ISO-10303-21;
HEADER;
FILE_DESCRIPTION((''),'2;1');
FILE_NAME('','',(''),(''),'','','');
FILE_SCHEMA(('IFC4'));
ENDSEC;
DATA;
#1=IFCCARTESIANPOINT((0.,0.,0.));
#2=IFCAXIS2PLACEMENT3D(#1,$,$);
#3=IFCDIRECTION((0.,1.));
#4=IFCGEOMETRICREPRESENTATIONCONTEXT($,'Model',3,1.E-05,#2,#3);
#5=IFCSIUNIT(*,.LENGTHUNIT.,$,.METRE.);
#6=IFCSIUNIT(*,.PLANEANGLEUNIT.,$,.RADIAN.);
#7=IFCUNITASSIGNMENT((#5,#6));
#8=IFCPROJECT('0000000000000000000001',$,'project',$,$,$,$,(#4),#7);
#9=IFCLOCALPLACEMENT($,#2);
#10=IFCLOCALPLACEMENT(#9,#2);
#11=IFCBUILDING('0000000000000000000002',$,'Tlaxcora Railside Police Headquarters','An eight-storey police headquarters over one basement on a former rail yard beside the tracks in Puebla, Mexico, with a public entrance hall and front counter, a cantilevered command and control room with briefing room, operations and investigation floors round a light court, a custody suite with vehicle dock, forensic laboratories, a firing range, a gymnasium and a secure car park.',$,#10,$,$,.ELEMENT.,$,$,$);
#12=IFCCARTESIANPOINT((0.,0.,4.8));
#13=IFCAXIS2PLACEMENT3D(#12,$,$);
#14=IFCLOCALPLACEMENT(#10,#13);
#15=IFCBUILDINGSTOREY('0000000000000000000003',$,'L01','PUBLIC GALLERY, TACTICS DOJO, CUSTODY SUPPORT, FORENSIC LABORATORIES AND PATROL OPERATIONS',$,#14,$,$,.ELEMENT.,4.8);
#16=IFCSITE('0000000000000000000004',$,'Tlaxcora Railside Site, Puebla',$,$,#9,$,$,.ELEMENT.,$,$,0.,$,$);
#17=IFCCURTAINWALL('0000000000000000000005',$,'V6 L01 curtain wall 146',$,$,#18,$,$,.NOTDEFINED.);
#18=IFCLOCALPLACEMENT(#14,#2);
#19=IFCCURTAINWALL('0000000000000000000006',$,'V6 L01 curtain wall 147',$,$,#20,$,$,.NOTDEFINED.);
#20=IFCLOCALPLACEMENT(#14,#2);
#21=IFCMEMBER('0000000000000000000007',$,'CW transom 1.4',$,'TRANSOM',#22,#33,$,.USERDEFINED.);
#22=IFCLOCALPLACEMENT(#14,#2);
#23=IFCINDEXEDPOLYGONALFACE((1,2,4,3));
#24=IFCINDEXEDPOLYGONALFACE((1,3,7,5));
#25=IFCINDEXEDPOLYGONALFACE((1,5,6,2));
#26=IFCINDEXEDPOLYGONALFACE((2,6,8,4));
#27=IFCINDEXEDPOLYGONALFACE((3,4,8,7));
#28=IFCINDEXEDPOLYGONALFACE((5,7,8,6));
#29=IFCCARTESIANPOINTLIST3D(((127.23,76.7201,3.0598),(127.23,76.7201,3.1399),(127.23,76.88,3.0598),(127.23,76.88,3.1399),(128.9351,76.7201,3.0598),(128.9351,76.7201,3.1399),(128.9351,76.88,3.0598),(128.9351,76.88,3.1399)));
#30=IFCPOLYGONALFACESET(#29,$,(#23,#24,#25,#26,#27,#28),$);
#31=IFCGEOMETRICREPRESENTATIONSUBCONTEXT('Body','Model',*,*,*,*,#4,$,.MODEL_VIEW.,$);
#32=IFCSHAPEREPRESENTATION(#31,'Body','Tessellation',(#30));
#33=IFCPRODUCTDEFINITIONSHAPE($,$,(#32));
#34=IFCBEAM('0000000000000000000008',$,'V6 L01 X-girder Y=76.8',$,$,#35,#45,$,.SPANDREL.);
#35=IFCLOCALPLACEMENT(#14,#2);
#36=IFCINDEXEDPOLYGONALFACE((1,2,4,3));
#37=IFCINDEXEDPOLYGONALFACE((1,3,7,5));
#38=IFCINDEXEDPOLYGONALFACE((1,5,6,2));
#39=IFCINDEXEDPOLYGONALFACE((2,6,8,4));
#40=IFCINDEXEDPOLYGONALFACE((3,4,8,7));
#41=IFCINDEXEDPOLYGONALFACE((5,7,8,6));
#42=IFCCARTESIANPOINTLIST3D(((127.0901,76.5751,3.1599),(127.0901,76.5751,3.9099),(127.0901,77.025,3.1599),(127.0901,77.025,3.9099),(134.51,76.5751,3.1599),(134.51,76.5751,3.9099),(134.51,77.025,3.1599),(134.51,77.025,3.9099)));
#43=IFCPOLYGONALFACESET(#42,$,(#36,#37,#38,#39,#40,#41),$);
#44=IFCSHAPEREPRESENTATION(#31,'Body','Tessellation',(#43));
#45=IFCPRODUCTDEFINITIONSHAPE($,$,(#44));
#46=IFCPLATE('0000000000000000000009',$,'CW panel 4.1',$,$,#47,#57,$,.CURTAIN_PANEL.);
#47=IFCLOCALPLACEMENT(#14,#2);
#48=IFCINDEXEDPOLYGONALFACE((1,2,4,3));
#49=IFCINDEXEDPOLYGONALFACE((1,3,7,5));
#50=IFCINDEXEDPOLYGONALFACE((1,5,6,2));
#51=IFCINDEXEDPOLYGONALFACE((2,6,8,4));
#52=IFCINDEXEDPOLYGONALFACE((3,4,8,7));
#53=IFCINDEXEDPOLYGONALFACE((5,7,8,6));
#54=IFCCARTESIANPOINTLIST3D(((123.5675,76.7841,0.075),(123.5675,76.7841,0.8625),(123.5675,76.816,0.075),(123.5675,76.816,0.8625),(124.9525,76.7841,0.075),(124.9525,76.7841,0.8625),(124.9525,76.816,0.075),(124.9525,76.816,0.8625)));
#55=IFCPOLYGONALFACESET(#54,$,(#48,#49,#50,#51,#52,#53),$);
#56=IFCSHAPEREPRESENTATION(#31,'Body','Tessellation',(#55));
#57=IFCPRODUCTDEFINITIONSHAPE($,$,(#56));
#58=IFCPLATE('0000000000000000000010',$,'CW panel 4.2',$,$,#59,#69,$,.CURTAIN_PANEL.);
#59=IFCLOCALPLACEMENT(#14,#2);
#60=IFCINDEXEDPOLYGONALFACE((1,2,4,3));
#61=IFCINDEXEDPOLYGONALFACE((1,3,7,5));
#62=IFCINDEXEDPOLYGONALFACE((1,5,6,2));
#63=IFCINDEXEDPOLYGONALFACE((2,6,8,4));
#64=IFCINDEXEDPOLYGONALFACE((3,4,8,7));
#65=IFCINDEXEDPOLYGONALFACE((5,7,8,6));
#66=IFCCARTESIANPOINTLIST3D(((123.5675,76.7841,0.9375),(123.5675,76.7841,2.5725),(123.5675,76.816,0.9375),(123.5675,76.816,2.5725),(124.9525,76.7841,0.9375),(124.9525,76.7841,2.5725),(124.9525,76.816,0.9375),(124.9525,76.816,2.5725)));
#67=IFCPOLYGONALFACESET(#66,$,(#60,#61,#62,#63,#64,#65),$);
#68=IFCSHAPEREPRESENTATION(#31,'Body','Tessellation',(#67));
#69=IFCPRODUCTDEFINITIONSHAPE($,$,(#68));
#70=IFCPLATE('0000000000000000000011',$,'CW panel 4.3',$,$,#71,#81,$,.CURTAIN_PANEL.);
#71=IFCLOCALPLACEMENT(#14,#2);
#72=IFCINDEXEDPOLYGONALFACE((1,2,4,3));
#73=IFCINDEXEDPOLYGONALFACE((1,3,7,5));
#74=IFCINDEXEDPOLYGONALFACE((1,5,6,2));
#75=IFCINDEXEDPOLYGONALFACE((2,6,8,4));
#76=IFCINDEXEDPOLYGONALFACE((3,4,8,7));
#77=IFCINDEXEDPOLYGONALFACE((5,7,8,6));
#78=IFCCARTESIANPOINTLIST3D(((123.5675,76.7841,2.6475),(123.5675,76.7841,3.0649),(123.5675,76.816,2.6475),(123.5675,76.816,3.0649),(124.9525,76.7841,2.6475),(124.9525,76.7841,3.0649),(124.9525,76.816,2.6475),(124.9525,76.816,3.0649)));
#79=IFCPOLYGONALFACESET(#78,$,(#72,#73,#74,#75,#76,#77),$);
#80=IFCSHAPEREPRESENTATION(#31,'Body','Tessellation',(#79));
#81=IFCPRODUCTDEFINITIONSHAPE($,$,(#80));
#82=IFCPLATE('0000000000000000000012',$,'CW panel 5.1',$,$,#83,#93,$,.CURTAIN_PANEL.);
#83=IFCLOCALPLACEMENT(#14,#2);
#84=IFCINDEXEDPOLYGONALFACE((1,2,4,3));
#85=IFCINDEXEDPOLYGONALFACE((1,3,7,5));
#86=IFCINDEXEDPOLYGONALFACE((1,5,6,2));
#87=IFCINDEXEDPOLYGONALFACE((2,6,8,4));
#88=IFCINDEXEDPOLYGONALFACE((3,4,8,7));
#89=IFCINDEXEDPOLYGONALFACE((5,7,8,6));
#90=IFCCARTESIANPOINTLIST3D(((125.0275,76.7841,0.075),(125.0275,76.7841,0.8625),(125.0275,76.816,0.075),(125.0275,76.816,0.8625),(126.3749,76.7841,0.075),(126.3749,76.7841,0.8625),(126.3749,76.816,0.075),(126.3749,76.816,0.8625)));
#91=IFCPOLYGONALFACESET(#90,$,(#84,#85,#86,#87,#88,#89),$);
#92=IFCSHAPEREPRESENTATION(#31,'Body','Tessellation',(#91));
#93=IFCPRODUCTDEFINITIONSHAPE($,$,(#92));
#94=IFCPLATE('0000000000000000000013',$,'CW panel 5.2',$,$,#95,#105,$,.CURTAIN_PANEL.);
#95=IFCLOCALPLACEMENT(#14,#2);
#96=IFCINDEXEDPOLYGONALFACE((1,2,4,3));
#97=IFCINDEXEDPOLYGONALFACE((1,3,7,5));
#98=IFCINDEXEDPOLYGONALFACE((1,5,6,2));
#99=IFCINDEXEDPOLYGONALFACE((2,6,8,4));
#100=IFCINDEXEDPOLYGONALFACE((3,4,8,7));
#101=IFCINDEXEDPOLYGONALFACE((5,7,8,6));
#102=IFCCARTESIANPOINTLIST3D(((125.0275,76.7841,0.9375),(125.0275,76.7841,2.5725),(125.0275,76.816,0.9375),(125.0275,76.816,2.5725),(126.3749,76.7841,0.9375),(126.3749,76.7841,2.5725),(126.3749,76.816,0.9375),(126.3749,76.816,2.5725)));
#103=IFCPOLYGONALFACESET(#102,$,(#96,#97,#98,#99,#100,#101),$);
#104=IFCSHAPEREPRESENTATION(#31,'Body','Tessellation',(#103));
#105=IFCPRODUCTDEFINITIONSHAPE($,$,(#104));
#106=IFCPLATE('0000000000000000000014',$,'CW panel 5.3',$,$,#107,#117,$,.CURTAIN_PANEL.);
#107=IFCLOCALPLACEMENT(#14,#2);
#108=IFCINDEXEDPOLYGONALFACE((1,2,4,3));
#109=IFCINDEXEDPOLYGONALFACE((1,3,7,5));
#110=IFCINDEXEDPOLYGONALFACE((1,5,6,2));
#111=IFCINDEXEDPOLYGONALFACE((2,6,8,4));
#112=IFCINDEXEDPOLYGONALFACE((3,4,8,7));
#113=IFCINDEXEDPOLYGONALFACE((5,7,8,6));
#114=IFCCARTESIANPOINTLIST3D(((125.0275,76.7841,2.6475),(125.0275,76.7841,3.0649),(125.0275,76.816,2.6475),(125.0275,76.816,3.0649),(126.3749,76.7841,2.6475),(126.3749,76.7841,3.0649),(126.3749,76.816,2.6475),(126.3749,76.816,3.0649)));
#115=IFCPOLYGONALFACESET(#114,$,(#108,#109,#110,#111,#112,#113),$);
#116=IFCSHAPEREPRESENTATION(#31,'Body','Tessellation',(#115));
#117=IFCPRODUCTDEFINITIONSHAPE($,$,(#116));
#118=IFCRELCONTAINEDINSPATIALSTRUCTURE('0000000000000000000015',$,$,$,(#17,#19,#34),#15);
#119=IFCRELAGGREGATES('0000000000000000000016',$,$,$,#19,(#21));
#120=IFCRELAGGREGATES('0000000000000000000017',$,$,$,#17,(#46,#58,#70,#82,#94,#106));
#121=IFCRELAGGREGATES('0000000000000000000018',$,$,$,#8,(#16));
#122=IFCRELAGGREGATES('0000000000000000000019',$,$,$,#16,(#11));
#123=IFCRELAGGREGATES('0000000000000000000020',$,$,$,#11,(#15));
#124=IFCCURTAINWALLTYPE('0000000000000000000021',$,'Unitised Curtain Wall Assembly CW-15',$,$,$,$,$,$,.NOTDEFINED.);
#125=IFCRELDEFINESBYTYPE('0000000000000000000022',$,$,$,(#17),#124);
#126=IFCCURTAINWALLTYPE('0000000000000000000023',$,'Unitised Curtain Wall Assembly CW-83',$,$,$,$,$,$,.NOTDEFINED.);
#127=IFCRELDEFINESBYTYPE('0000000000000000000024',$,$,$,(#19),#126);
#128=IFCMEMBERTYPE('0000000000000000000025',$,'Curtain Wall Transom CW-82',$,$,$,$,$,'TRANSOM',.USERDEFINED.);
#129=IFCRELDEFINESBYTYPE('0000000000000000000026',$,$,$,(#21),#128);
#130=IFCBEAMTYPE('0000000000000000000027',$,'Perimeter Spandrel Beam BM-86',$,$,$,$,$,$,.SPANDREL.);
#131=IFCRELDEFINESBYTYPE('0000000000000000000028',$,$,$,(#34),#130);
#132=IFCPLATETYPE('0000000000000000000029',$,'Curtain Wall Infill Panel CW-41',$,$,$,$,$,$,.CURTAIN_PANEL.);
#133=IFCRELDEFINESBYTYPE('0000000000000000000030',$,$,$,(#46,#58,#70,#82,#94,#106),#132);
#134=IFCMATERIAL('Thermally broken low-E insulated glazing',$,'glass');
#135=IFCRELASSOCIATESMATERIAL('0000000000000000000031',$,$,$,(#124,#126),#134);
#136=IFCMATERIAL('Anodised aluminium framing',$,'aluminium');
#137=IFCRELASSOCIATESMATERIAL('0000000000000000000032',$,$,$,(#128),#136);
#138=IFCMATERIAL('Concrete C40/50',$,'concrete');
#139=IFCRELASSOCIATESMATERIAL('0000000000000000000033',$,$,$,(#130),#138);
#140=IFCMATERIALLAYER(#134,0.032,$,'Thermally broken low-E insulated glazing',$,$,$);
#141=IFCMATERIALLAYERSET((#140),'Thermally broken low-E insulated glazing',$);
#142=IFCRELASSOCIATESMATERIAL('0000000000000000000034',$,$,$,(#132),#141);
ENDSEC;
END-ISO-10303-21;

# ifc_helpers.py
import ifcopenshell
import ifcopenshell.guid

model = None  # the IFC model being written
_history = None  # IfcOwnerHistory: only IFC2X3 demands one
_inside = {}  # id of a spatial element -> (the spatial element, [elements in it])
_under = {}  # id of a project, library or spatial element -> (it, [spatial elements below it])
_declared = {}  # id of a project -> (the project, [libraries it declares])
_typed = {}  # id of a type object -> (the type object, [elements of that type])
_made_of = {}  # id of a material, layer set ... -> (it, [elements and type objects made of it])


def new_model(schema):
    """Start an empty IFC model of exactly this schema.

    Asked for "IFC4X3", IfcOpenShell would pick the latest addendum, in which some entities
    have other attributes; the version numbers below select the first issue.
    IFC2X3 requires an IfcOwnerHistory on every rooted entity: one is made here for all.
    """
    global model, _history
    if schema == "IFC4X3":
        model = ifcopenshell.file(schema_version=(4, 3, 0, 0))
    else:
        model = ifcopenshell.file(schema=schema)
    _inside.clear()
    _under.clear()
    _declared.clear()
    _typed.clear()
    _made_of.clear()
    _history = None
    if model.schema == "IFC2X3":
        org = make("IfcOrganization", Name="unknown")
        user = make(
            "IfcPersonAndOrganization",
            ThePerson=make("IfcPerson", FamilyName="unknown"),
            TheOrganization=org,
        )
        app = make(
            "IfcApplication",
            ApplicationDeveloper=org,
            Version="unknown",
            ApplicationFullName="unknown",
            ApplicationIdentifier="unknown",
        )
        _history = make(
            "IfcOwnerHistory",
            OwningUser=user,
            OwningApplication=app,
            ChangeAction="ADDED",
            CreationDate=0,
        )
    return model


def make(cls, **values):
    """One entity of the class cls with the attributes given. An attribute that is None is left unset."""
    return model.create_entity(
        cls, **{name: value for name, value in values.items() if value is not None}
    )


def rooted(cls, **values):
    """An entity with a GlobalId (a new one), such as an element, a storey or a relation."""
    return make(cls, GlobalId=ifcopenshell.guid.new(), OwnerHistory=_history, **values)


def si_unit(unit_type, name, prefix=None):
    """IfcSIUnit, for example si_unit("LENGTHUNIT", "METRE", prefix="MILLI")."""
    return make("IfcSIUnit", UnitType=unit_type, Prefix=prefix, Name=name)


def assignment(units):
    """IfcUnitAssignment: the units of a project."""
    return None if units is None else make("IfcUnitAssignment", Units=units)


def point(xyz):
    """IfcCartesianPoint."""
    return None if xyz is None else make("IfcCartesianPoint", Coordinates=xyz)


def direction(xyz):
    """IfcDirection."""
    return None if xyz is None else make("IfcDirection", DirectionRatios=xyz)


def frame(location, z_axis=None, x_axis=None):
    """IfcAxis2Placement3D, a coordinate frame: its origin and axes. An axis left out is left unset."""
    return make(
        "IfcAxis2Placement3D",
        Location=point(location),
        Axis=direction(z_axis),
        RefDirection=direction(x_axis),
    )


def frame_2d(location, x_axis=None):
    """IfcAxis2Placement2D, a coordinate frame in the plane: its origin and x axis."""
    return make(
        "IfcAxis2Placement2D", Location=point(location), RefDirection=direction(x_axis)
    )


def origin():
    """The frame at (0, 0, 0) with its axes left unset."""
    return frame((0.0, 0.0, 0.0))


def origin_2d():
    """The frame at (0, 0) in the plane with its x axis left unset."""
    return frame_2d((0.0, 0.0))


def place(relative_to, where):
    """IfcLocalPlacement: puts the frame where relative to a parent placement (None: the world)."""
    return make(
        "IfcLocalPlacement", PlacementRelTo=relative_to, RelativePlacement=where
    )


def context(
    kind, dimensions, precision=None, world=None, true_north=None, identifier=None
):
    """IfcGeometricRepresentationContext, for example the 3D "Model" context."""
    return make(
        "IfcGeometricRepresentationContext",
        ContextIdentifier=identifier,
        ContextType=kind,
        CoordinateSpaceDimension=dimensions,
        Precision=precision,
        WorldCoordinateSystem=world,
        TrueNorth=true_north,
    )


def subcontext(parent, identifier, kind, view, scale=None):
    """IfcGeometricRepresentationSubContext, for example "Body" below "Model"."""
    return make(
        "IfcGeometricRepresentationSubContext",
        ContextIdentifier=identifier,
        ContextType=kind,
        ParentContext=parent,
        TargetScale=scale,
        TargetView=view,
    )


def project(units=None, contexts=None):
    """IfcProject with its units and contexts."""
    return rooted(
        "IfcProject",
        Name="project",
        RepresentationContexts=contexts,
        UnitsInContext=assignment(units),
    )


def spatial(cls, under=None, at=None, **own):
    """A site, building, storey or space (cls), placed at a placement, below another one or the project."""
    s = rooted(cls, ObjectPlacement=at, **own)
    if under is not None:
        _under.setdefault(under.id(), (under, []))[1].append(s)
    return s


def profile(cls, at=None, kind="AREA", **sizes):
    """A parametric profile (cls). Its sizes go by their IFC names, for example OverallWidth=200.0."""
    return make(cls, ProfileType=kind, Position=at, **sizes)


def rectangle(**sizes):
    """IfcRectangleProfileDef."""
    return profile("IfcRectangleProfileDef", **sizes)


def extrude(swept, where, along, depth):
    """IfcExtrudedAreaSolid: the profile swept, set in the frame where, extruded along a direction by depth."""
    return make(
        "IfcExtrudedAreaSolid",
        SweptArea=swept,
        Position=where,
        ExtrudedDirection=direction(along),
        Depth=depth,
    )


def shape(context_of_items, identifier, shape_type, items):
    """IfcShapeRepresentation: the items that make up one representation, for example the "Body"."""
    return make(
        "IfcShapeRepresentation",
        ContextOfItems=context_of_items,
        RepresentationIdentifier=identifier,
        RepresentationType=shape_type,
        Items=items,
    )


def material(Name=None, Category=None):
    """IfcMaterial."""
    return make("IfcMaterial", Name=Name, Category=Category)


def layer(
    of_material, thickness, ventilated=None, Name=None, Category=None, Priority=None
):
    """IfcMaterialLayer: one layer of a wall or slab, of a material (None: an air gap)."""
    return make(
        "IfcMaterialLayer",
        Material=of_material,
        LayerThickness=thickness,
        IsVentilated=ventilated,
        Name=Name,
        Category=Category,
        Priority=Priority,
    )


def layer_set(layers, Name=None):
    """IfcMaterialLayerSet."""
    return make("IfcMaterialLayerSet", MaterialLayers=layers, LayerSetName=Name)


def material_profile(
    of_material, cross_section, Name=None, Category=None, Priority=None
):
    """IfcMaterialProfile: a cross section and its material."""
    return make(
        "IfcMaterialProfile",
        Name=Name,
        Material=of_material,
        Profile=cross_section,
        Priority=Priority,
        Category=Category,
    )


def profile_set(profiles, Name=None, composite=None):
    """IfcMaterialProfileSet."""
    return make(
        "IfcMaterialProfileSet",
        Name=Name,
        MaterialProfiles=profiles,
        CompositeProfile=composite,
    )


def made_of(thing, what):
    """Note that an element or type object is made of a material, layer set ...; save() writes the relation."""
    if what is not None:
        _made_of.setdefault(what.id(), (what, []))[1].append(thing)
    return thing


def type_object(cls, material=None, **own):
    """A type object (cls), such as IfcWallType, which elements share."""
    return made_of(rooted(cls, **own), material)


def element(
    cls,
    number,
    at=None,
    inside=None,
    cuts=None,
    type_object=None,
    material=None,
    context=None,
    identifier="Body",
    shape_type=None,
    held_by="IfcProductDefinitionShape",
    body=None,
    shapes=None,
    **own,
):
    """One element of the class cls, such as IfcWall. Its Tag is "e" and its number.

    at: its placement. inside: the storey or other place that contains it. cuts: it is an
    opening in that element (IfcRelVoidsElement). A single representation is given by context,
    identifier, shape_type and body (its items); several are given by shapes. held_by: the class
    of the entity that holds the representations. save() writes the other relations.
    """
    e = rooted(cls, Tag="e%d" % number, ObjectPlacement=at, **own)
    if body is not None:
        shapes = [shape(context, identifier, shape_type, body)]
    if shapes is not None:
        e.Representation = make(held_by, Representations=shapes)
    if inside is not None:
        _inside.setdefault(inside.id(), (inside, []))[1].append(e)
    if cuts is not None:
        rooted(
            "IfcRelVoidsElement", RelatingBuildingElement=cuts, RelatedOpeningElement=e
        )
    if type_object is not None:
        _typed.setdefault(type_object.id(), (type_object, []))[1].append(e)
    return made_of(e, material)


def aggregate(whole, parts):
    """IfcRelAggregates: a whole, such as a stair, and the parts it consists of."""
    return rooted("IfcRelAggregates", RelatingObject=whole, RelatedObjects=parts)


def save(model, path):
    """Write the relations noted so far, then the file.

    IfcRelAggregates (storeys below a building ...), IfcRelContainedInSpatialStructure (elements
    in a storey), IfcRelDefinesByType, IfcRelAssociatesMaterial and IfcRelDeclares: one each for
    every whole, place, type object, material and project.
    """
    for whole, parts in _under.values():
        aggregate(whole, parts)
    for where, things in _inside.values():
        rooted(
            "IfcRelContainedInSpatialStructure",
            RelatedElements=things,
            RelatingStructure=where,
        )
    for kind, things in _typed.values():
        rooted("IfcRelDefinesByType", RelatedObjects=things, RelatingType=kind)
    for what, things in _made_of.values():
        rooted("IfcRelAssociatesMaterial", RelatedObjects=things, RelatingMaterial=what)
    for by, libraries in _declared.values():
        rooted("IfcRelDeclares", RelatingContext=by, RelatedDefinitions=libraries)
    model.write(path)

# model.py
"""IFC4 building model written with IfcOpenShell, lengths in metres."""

from ifc_helpers import new_model, si_unit, direction, frame, origin, origin_2d, place, context, subcontext, project, spatial, rectangle, extrude, material, layer, layer_set, material_profile, profile_set, type_object, element, aggregate, save


model = new_model("IFC4")

# Units and contexts
model_context = context("Model", 3, precision=1e-05, world=origin(), true_north=direction((0.0, 1.0)))
body_context = subcontext(model_context, "Body", "Model", "MODEL_VIEW")
ifc_project = project(units=[si_unit("LENGTHUNIT", "METRE"), si_unit("PLANEANGLEUNIT", "RADIAN")], contexts=[model_context])

# Site, building, storey
site_placement = place(None, origin())
site = spatial("IfcSite", under=ifc_project, at=site_placement, Name="Tlaxcora Railside Site, Puebla", CompositionType="ELEMENT", RefElevation=0.0)
building_placement = place(site_placement, origin())
building = spatial("IfcBuilding", under=site, at=building_placement, Name="Tlaxcora Railside Police Headquarters", Description="An eight-storey police headquarters over one basement on a former rail yard beside the tracks in Puebla, Mexico, with a public entrance hall and front counter, a cantilevered command and control room with briefing room, operations and investigation floors round a light court, a custody suite with vehicle dock, forensic laboratories, a firing range, a gymnasium and a secure car park.", CompositionType="ELEMENT")
storey_placement = place(building_placement, frame((0.0, 0.0, 4.8)))
storey = spatial("IfcBuildingStorey", under=building, at=storey_placement, Name="L01", Description="PUBLIC GALLERY, TACTICS DOJO, CUSTODY SUPPORT, FORENSIC LABORATORIES AND PATROL OPERATIONS", CompositionType="ELEMENT", Elevation=4.8)

# Shared definitions
ifc_material_1 = material(Name="Concrete C40/50", Category="concrete")

# Curtain wall
ifc_material_2 = material(Name="Thermally broken low-E insulated glazing", Category="glass")
curtain_wall_type_1 = type_object("IfcCurtainWallType", Name="Unitised Curtain Wall Assembly CW-15", PredefinedType="NOTDEFINED", material=ifc_material_2)
curtain_wall_1_placement = place(storey_placement, origin())
curtain_wall_1 = element("IfcCurtainWall", 1, at=curtain_wall_1_placement, inside=storey, type_object=curtain_wall_type_1, Name="V6 L01 curtain wall 146", PredefinedType="NOTDEFINED")
ifc_material_3 = material(Name="Anodised aluminium framing", Category="aluminium")

# Curtain wall
curtain_wall_type_2 = type_object("IfcCurtainWallType", Name="Unitised Curtain Wall Assembly CW-83", PredefinedType="NOTDEFINED", material=ifc_material_2)
curtain_wall_2_placement = place(storey_placement, origin())
curtain_wall_2 = element("IfcCurtainWall", 2, at=curtain_wall_2_placement, inside=storey, type_object=curtain_wall_type_2, Name="V6 L01 curtain wall 147", PredefinedType="NOTDEFINED")

# Member
ifc_material_profile_1 = material_profile(ifc_material_3, rectangle(XDim=0.1599, YDim=0.0801, at=origin_2d()), Name="AL80X160")
ifc_profile_set_1 = profile_set([ifc_material_profile_1], Name="Anodised aluminium framing")
member_type_1 = type_object("IfcMemberType", Name="Curtain Wall Transom CW-82", ElementType="TRANSOM", PredefinedType="USERDEFINED", material=ifc_profile_set_1)
member_1_placement = place(storey_placement, frame((127.23, 76.8, 3.0999), z_axis=(1.0, 0.0, 0.0), x_axis=(0.0, 1.0, 0.0)))
member_1 = element("IfcMember", 3, at=member_1_placement, type_object=member_type_1, Name="CW transom 1.4", ObjectType="TRANSOM", PredefinedType="USERDEFINED", context=body_context, shape_type="SweptSolid", body=[
    extrude(rectangle(XDim=0.1599, YDim=0.0801, at=origin_2d()), origin(), (0.0, 0.0, 1.0), 1.7051),
])
aggregate(curtain_wall_2, [member_1])

# Beam
ifc_material_profile_2 = material_profile(ifc_material_1, rectangle(XDim=0.45, YDim=0.75, at=origin_2d()), Name="RC450X750")
ifc_profile_set_2 = profile_set([ifc_material_profile_2], Name="Concrete C40/50")
beam_type = type_object("IfcBeamType", Name="Perimeter Spandrel Beam BM-86", PredefinedType="SPANDREL", material=ifc_profile_set_2)
beam_placement = place(storey_placement, frame((127.0901, 76.8, 3.5349), z_axis=(1.0, 0.0, 0.0), x_axis=(0.0, 1.0, 0.0)))
element("IfcBeam", 4, at=beam_placement, inside=storey, type_object=beam_type, Name="V6 L01 X-girder Y=76.8", PredefinedType="SPANDREL", context=body_context, shape_type="SweptSolid", body=[
    extrude(rectangle(XDim=0.45, YDim=0.75, at=origin_2d()), origin(), (0.0, 0.0, 1.0), 7.4199),
])

# Plates
ifc_layer = layer(ifc_material_2, 0.032, Name="Thermally broken low-E insulated glazing")
ifc_layer_set = layer_set([ifc_layer], Name="Thermally broken low-E insulated glazing")
plate_type = type_object("IfcPlateType", Name="Curtain Wall Infill Panel CW-41", PredefinedType="CURTAIN_PANEL", material=ifc_layer_set)
plate_1_placement = place(storey_placement, frame((124.26, 76.8, 0.075), z_axis=(0.0, 0.0, 1.0), x_axis=(1.0, 0.0, 0.0)))
plate_1 = element("IfcPlate", 5, at=plate_1_placement, type_object=plate_type, Name="CW panel 4.1", PredefinedType="CURTAIN_PANEL", context=body_context, shape_type="SweptSolid", body=[
    extrude(rectangle(XDim=1.385, YDim=0.032, at=origin_2d()), origin(), (0.0, 0.0, 1.0), 0.7876),
])
plate_2_placement = place(storey_placement, frame((124.26, 76.8, 0.9375), z_axis=(0.0, 0.0, 1.0), x_axis=(1.0, 0.0, 0.0)))
plate_2 = element("IfcPlate", 6, at=plate_2_placement, type_object=plate_type, Name="CW panel 4.2", PredefinedType="CURTAIN_PANEL", context=body_context, shape_type="SweptSolid", body=[
    extrude(rectangle(XDim=1.385, YDim=0.032, at=origin_2d()), origin(), (0.0, 0.0, 1.0), 1.635),
])
plate_3_placement = place(storey_placement, frame((124.26, 76.8, 2.6475), z_axis=(0.0, 0.0, 1.0), x_axis=(1.0, 0.0, 0.0)))
plate_3 = element("IfcPlate", 7, at=plate_3_placement, type_object=plate_type, Name="CW panel 4.3", PredefinedType="CURTAIN_PANEL", context=body_context, shape_type="SweptSolid", body=[
    extrude(rectangle(XDim=1.385, YDim=0.032, at=origin_2d()), origin(), (0.0, 0.0, 1.0), 0.4175),
])
plate_4_placement = place(storey_placement, frame((125.7012, 76.8, 0.075), z_axis=(0.0, 0.0, 1.0), x_axis=(1.0, 0.0, 0.0)))
plate_4 = element("IfcPlate", 8, at=plate_4_placement, type_object=plate_type, Name="CW panel 5.1", PredefinedType="CURTAIN_PANEL", context=body_context, shape_type="SweptSolid", body=[
    extrude(rectangle(XDim=1.3474, YDim=0.032, at=origin_2d()), origin(), (0.0, 0.0, 1.0), 0.7876),
])
plate_5_placement = place(storey_placement, frame((125.7012, 76.8, 0.9375), z_axis=(0.0, 0.0, 1.0), x_axis=(1.0, 0.0, 0.0)))
plate_5 = element("IfcPlate", 9, at=plate_5_placement, type_object=plate_type, Name="CW panel 5.2", PredefinedType="CURTAIN_PANEL", context=body_context, shape_type="SweptSolid", body=[
    extrude(rectangle(XDim=1.3474, YDim=0.032, at=origin_2d()), origin(), (0.0, 0.0, 1.0), 1.635),
])
plate_6_placement = place(storey_placement, frame((125.7012, 76.8, 2.6475), z_axis=(0.0, 0.0, 1.0), x_axis=(1.0, 0.0, 0.0)))
plate_6 = element("IfcPlate", 10, at=plate_6_placement, type_object=plate_type, Name="CW panel 5.3", PredefinedType="CURTAIN_PANEL", context=body_context, shape_type="SweptSolid", body=[
    extrude(rectangle(XDim=1.3474, YDim=0.032, at=origin_2d()), origin(), (0.0, 0.0, 1.0), 0.4175),
])
aggregate(curtain_wall_1, [plate_1, plate_2, plate_3, plate_4, plate_5, plate_6])

save(model, "model.ifc")
